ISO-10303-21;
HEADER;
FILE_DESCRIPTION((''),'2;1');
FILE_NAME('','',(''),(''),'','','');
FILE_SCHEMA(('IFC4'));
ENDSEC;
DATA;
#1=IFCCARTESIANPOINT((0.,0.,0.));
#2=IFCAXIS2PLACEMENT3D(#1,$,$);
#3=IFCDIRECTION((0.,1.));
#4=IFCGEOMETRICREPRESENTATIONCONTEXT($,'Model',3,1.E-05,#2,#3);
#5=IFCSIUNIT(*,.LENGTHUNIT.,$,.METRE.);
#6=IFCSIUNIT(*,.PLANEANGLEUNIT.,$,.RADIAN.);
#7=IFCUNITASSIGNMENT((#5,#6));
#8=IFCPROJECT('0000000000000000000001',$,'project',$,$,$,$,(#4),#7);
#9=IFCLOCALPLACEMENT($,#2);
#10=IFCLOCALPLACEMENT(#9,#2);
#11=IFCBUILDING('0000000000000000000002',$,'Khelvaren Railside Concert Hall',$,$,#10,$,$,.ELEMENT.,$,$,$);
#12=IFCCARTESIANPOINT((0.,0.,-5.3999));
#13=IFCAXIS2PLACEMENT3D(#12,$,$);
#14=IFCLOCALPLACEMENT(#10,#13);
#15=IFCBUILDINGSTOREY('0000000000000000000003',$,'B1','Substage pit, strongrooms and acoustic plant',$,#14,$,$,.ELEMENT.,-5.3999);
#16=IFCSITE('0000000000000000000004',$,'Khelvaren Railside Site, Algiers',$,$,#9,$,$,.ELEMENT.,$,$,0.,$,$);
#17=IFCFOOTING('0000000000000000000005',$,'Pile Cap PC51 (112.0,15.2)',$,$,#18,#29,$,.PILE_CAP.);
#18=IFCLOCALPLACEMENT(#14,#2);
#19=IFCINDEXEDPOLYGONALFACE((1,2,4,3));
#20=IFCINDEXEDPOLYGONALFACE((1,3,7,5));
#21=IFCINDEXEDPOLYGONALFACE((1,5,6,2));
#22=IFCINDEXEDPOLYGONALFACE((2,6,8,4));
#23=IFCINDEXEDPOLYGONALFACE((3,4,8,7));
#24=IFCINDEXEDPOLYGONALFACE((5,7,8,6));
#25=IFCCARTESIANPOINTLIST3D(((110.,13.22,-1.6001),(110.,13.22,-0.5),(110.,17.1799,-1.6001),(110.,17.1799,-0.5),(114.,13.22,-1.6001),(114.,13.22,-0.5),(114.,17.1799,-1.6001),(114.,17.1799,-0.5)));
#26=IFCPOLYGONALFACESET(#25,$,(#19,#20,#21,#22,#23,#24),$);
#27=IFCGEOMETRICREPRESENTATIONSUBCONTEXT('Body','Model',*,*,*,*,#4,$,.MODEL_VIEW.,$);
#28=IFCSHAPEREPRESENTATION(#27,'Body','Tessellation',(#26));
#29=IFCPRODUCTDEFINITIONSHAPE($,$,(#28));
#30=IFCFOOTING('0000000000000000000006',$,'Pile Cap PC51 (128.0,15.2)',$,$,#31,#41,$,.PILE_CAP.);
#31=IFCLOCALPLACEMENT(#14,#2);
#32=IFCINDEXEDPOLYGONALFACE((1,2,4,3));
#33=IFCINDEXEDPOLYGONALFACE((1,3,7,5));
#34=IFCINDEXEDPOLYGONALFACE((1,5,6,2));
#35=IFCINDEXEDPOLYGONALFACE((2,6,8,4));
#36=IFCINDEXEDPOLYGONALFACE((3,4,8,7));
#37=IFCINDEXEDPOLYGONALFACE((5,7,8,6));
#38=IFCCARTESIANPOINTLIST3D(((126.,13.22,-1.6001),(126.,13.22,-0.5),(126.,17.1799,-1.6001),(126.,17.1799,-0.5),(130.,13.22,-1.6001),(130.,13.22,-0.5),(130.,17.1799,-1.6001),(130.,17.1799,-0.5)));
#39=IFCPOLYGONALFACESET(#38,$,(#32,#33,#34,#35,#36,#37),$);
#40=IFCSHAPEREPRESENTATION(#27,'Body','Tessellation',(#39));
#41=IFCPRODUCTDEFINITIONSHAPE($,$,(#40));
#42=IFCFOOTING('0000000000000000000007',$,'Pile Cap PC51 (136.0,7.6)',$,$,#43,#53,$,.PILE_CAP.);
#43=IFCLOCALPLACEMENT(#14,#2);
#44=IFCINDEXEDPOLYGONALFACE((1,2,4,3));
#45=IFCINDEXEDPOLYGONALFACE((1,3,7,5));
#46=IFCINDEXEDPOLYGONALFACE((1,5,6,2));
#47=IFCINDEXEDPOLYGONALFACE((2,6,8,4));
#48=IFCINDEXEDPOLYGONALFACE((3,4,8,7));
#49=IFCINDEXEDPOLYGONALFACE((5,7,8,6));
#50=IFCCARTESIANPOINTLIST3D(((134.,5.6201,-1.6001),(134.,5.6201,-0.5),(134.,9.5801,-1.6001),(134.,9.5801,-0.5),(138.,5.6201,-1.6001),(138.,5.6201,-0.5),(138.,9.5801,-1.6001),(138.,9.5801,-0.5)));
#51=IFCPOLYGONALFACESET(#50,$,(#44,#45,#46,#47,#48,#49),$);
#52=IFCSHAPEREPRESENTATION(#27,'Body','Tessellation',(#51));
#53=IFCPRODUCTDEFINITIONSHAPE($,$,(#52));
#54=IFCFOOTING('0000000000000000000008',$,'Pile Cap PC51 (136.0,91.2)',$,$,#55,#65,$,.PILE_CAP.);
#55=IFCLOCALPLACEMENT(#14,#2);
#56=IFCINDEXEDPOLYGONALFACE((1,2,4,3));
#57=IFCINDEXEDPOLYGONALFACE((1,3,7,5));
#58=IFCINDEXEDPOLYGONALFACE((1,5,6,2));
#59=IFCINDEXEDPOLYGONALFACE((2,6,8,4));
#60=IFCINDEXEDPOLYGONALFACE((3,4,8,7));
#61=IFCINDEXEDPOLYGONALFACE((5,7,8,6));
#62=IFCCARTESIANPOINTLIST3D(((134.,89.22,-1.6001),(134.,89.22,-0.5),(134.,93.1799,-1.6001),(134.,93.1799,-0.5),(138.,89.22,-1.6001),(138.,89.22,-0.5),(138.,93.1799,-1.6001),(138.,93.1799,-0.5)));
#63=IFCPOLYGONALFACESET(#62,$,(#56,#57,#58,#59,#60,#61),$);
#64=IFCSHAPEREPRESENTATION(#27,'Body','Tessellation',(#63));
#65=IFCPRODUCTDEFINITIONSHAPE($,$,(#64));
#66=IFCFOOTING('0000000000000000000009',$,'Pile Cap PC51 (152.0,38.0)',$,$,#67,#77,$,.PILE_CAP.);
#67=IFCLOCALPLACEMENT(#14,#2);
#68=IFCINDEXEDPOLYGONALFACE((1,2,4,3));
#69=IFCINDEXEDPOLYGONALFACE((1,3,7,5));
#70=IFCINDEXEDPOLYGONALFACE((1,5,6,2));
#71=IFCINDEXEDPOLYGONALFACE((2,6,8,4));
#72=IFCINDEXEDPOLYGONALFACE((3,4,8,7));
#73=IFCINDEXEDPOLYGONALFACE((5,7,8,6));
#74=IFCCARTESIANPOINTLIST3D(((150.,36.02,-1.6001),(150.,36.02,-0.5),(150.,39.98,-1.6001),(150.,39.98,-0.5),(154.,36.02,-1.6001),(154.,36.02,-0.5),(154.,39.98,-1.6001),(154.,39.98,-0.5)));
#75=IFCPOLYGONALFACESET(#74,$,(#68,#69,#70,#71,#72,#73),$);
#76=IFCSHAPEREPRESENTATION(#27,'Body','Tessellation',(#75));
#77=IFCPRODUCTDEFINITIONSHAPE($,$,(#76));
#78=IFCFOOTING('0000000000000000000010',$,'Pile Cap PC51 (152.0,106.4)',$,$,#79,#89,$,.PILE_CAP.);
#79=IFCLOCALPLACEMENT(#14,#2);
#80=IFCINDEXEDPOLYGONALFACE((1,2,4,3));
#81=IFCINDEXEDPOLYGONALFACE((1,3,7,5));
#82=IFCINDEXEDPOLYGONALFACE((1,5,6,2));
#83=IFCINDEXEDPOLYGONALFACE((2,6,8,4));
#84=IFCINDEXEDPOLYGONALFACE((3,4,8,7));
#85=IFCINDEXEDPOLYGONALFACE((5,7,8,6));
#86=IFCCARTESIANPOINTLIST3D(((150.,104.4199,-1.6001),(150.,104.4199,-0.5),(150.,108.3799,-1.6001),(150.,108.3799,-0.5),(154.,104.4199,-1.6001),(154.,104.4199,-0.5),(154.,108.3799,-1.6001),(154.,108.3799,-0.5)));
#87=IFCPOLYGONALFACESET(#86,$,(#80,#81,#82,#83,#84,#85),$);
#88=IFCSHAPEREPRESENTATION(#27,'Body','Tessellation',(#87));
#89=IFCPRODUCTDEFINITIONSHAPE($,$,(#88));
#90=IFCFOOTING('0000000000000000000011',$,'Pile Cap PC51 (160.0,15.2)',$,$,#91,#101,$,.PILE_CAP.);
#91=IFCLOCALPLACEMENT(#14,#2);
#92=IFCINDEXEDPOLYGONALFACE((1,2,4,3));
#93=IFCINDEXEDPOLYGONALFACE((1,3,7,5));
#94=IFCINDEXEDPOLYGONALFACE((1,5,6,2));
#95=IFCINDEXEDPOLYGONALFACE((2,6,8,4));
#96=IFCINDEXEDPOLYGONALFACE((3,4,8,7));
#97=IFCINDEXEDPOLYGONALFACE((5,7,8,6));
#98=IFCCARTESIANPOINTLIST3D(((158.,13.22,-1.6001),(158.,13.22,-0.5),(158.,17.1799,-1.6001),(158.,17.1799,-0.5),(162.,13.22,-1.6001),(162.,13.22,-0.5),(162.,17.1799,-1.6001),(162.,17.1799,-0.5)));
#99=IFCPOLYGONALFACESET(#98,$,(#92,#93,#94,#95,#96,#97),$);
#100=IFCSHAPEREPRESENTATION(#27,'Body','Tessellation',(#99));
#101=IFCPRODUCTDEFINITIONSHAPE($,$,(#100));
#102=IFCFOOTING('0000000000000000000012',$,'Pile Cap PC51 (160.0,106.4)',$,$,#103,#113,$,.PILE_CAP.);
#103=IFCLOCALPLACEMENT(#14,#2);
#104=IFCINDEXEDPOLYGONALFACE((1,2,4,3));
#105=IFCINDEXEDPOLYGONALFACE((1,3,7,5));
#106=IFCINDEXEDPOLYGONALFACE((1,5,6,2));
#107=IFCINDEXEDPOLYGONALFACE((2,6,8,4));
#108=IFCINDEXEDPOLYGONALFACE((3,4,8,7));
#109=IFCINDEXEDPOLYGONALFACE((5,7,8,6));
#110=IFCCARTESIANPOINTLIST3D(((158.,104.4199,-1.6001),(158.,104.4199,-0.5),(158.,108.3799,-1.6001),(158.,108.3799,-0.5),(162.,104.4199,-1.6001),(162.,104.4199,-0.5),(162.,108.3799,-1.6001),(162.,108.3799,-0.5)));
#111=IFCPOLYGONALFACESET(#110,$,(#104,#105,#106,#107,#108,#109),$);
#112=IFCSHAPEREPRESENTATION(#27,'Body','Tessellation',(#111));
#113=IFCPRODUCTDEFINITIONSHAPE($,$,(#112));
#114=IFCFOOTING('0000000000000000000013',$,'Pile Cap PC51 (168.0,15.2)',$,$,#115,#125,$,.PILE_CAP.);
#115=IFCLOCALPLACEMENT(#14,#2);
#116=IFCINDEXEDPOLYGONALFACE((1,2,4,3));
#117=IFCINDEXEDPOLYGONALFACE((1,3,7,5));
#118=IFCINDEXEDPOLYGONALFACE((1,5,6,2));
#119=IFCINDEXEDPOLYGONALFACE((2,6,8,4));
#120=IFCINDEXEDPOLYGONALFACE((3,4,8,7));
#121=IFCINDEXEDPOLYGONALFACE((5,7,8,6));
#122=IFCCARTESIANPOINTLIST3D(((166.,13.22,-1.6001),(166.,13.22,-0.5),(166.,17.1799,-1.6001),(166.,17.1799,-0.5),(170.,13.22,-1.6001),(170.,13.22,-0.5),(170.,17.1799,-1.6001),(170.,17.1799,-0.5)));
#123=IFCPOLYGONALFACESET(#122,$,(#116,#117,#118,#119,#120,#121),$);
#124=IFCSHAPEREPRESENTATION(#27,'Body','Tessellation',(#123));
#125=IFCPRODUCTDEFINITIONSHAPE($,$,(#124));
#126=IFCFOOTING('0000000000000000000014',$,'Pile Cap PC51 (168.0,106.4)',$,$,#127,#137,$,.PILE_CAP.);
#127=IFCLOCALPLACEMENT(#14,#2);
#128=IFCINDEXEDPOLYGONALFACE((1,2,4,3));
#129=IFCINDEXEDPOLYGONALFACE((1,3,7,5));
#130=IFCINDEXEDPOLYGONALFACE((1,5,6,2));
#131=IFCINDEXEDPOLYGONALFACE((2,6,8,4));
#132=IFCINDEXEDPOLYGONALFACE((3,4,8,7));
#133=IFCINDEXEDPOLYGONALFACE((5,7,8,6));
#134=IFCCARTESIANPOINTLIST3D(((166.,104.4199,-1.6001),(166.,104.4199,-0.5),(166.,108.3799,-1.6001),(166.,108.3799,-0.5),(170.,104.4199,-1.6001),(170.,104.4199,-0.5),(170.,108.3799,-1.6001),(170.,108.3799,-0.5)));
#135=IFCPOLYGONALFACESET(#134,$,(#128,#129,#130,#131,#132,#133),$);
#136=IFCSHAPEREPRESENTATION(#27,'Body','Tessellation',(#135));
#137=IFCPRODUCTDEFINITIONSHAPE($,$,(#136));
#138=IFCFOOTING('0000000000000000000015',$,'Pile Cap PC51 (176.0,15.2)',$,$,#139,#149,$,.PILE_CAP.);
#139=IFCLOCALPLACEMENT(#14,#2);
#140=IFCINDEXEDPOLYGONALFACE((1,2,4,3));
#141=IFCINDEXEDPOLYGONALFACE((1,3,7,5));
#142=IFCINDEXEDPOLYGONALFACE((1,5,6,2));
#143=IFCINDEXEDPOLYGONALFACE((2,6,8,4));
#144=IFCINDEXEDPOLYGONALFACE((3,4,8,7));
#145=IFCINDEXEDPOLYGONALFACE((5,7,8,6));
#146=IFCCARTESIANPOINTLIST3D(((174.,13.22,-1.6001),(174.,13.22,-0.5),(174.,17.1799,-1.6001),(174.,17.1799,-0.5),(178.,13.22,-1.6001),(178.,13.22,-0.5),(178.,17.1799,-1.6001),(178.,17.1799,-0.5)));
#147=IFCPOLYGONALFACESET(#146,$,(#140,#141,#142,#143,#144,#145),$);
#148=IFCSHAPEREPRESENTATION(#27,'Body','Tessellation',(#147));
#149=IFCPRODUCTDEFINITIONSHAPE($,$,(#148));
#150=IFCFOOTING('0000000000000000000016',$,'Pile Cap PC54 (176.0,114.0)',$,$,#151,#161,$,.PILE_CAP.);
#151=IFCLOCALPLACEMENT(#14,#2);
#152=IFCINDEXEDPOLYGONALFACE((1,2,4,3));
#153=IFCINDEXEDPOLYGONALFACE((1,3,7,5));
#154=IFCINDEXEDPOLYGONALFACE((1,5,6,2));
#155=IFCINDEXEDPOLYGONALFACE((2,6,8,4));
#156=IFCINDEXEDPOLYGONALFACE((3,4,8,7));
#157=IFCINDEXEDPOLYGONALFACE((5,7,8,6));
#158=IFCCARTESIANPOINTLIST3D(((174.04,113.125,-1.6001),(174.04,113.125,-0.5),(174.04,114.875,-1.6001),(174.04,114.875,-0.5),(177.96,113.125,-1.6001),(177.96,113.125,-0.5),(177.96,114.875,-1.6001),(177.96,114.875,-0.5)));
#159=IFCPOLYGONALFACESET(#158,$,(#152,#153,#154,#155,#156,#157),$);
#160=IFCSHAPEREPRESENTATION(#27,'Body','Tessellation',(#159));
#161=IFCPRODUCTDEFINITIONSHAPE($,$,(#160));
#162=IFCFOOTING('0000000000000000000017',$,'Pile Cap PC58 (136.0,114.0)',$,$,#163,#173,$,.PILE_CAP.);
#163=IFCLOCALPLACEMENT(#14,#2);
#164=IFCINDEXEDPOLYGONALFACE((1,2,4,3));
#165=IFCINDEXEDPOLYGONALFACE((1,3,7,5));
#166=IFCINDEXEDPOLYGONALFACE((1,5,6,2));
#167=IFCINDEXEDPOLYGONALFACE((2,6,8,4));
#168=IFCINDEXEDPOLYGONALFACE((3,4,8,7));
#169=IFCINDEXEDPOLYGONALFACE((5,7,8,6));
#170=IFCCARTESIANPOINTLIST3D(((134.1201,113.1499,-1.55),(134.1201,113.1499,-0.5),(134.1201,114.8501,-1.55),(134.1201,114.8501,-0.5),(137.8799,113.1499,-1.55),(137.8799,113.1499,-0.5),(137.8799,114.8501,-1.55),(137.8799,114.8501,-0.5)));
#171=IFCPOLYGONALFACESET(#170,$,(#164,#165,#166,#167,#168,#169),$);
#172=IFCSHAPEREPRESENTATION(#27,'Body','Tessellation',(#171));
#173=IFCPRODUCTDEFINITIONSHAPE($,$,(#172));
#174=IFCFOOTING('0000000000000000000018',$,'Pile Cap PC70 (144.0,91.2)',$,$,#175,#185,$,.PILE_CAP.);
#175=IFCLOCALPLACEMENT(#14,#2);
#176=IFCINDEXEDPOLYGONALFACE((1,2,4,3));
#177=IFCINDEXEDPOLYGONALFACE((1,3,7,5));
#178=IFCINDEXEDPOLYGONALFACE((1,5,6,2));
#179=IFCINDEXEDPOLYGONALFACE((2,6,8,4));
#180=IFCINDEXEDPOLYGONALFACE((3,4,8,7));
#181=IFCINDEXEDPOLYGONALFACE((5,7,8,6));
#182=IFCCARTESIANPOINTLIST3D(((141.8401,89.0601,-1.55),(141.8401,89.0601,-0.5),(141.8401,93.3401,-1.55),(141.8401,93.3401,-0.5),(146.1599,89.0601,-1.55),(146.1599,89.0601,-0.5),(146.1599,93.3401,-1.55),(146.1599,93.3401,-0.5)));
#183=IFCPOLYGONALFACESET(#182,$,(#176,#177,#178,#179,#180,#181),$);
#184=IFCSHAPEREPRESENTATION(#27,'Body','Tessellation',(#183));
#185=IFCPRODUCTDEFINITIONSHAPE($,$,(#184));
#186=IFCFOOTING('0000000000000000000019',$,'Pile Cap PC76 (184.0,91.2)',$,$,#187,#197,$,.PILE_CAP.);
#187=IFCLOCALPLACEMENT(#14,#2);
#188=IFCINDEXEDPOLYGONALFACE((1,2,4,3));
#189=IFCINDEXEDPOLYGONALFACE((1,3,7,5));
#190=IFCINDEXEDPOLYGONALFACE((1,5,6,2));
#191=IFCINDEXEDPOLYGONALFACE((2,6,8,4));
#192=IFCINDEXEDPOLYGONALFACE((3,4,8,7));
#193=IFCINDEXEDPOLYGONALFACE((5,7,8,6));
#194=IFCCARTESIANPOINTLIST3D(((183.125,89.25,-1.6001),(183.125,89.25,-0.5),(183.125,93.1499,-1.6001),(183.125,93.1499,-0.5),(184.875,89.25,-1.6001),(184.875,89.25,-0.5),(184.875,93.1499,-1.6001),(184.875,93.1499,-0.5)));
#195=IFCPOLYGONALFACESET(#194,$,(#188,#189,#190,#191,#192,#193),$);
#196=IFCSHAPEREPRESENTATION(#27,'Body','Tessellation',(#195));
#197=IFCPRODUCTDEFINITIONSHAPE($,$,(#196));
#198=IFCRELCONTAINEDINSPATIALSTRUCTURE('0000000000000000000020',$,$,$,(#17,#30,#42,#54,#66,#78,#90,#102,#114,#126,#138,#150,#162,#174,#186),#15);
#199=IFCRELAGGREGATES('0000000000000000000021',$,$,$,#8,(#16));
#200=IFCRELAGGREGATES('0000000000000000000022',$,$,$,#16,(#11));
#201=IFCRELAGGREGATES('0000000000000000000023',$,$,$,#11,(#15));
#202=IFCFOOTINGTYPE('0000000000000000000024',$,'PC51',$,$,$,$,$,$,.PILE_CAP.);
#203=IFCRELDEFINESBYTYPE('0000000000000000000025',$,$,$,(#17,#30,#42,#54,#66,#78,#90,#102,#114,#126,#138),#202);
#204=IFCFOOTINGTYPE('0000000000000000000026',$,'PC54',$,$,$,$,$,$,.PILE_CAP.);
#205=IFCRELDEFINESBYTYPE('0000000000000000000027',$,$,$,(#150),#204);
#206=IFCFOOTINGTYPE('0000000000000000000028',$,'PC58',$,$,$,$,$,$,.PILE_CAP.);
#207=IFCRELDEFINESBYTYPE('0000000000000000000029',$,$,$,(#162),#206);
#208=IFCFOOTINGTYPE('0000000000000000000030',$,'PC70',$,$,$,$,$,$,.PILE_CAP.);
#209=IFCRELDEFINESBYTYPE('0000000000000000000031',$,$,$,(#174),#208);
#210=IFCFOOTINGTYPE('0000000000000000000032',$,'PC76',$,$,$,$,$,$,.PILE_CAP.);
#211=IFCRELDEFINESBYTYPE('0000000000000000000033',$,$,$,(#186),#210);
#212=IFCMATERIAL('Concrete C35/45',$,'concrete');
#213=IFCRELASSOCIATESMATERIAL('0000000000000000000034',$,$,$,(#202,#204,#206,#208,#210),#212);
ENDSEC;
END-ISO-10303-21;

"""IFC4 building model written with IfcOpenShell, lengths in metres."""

from ifc_helpers import new_model, si_unit, direction, frame, origin, place, context, subcontext, project, spatial, polyline, outline, extrude, material, type_object, element, save


model = new_model("IFC4")

# Units and contexts
model_context = context("Model", 3, precision=1e-05, world=origin(), true_north=direction((0.0, 1.0)))
body_context = subcontext(model_context, "Body", "Model", "MODEL_VIEW")
ifc_project = project(units=[si_unit("LENGTHUNIT", "METRE"), si_unit("PLANEANGLEUNIT", "RADIAN")], contexts=[model_context])

# Site, building, storey
site_placement = place(None, origin())
site = spatial("IfcSite", under=ifc_project, at=site_placement, Name="Khelvaren Railside Site, Algiers", CompositionType="ELEMENT", RefElevation=0.0)
building_placement = place(site_placement, origin())
building = spatial("IfcBuilding", under=site, at=building_placement, Name="Khelvaren Railside Concert Hall", CompositionType="ELEMENT")
storey_placement = place(building_placement, frame((0.0, 0.0, -5.3999)))
storey = spatial("IfcBuildingStorey", under=building, at=storey_placement, Name="B1", Description="Substage pit, strongrooms and acoustic plant", CompositionType="ELEMENT", Elevation=-5.3999)

# Footings
ifc_material = material(Name="Concrete C35/45", Category="concrete")
footing_type_1 = type_object("IfcFootingType", Name="PC51", PredefinedType="PILE_CAP", material=ifc_material)
footing_1_placement = place(storey_placement, frame((0.0, 0.0, -1.6001)))
element("IfcFooting", 1, at=footing_1_placement, inside=storey, type_object=footing_type_1, Name="Pile Cap PC51 (112.0,15.2)", PredefinedType="PILE_CAP", context=body_context, shape_type="SweptSolid", body=[
    extrude(outline(polyline([(110.0, 13.22), (114.0, 13.22), (114.0, 17.1799), (110.0, 17.1799), (110.0, 13.22)])), origin(), (0.0, 0.0, 1.0), 1.1001),
])
footing_2_placement = place(storey_placement, frame((0.0, 0.0, -1.6001)))
element("IfcFooting", 2, at=footing_2_placement, inside=storey, type_object=footing_type_1, Name="Pile Cap PC51 (128.0,15.2)", PredefinedType="PILE_CAP", context=body_context, shape_type="SweptSolid", body=[
    extrude(outline(polyline([(126.0, 13.22), (130.0, 13.22), (130.0, 17.1799), (126.0, 17.1799), (126.0, 13.22)])), origin(), (0.0, 0.0, 1.0), 1.1001),
])
footing_3_placement = place(storey_placement, frame((0.0, 0.0, -1.6001)))
element("IfcFooting", 3, at=footing_3_placement, inside=storey, type_object=footing_type_1, Name="Pile Cap PC51 (136.0,7.6)", PredefinedType="PILE_CAP", context=body_context, shape_type="SweptSolid", body=[
    extrude(outline(polyline([(134.0, 5.6201), (138.0, 5.6201), (138.0, 9.5801), (134.0, 9.5801), (134.0, 5.6201)])), origin(), (0.0, 0.0, 1.0), 1.1001),
])
footing_4_placement = place(storey_placement, frame((0.0, 0.0, -1.6001)))
element("IfcFooting", 4, at=footing_4_placement, inside=storey, type_object=footing_type_1, Name="Pile Cap PC51 (136.0,91.2)", PredefinedType="PILE_CAP", context=body_context, shape_type="SweptSolid", body=[
    extrude(outline(polyline([(134.0, 89.22), (138.0, 89.22), (138.0, 93.1799), (134.0, 93.1799), (134.0, 89.22)])), origin(), (0.0, 0.0, 1.0), 1.1001),
])
footing_5_placement = place(storey_placement, frame((0.0, 0.0, -1.6001)))
element("IfcFooting", 5, at=footing_5_placement, inside=storey, type_object=footing_type_1, Name="Pile Cap PC51 (152.0,38.0)", PredefinedType="PILE_CAP", context=body_context, shape_type="SweptSolid", body=[
    extrude(outline(polyline([(150.0, 36.02), (154.0, 36.02), (154.0, 39.98), (150.0, 39.98), (150.0, 36.02)])), origin(), (0.0, 0.0, 1.0), 1.1001),
])
footing_6_placement = place(storey_placement, frame((0.0, 0.0, -1.6001)))
element("IfcFooting", 6, at=footing_6_placement, inside=storey, type_object=footing_type_1, Name="Pile Cap PC51 (152.0,106.4)", PredefinedType="PILE_CAP", context=body_context, shape_type="SweptSolid", body=[
    extrude(outline(polyline([(150.0, 104.4199), (154.0, 104.4199), (154.0, 108.3799), (150.0, 108.3799), (150.0, 104.4199)])), origin(), (0.0, 0.0, 1.0), 1.1001),
])
footing_7_placement = place(storey_placement, frame((0.0, 0.0, -1.6001)))
element("IfcFooting", 7, at=footing_7_placement, inside=storey, type_object=footing_type_1, Name="Pile Cap PC51 (160.0,15.2)", PredefinedType="PILE_CAP", context=body_context, shape_type="SweptSolid", body=[
    extrude(outline(polyline([(158.0, 13.22), (162.0, 13.22), (162.0, 17.1799), (158.0, 17.1799), (158.0, 13.22)])), origin(), (0.0, 0.0, 1.0), 1.1001),
])
footing_8_placement = place(storey_placement, frame((0.0, 0.0, -1.6001)))
element("IfcFooting", 8, at=footing_8_placement, inside=storey, type_object=footing_type_1, Name="Pile Cap PC51 (160.0,106.4)", PredefinedType="PILE_CAP", context=body_context, shape_type="SweptSolid", body=[
    extrude(outline(polyline([(158.0, 104.4199), (162.0, 104.4199), (162.0, 108.3799), (158.0, 108.3799), (158.0, 104.4199)])), origin(), (0.0, 0.0, 1.0), 1.1001),
])
footing_9_placement = place(storey_placement, frame((0.0, 0.0, -1.6001)))
element("IfcFooting", 9, at=footing_9_placement, inside=storey, type_object=footing_type_1, Name="Pile Cap PC51 (168.0,15.2)", PredefinedType="PILE_CAP", context=body_context, shape_type="SweptSolid", body=[
    extrude(outline(polyline([(166.0, 13.22), (170.0, 13.22), (170.0, 17.1799), (166.0, 17.1799), (166.0, 13.22)])), origin(), (0.0, 0.0, 1.0), 1.1001),
])
footing_10_placement = place(storey_placement, frame((0.0, 0.0, -1.6001)))
element("IfcFooting", 10, at=footing_10_placement, inside=storey, type_object=footing_type_1, Name="Pile Cap PC51 (168.0,106.4)", PredefinedType="PILE_CAP", context=body_context, shape_type="SweptSolid", body=[
    extrude(outline(polyline([(166.0, 104.4199), (170.0, 104.4199), (170.0, 108.3799), (166.0, 108.3799), (166.0, 104.4199)])), origin(), (0.0, 0.0, 1.0), 1.1001),
])
footing_11_placement = place(storey_placement, frame((0.0, 0.0, -1.6001)))
element("IfcFooting", 11, at=footing_11_placement, inside=storey, type_object=footing_type_1, Name="Pile Cap PC51 (176.0,15.2)", PredefinedType="PILE_CAP", context=body_context, shape_type="SweptSolid", body=[
    extrude(outline(polyline([(174.0, 13.22), (178.0, 13.22), (178.0, 17.1799), (174.0, 17.1799), (174.0, 13.22)])), origin(), (0.0, 0.0, 1.0), 1.1001),
])
footing_type_2 = type_object("IfcFootingType", Name="PC54", PredefinedType="PILE_CAP", material=ifc_material)
footing_12_placement = place(storey_placement, frame((0.0, 0.0, -1.6001)))
element("IfcFooting", 12, at=footing_12_placement, inside=storey, type_object=footing_type_2, Name="Pile Cap PC54 (176.0,114.0)", PredefinedType="PILE_CAP", context=body_context, shape_type="SweptSolid", body=[
    extrude(outline(polyline([(174.04, 113.125), (177.96, 113.125), (177.96, 114.875), (174.04, 114.875), (174.04, 113.125)])), origin(), (0.0, 0.0, 1.0), 1.1001),
])
footing_type_3 = type_object("IfcFootingType", Name="PC58", PredefinedType="PILE_CAP", material=ifc_material)
footing_13_placement = place(storey_placement, frame((0.0, 0.0, -1.55)))
element("IfcFooting", 13, at=footing_13_placement, inside=storey, type_object=footing_type_3, Name="Pile Cap PC58 (136.0,114.0)", PredefinedType="PILE_CAP", context=body_context, shape_type="SweptSolid", body=[
    extrude(outline(polyline([(134.1201, 113.1499), (137.8799, 113.1499), (137.8799, 114.8501), (134.1201, 114.8501), (134.1201, 113.1499)])), origin(), (0.0, 0.0, 1.0), 1.05),
])
footing_type_4 = type_object("IfcFootingType", Name="PC70", PredefinedType="PILE_CAP", material=ifc_material)
footing_14_placement = place(storey_placement, frame((0.0, 0.0, -1.55)))
element("IfcFooting", 14, at=footing_14_placement, inside=storey, type_object=footing_type_4, Name="Pile Cap PC70 (144.0,91.2)", PredefinedType="PILE_CAP", context=body_context, shape_type="SweptSolid", body=[
    extrude(outline(polyline([(141.8401, 89.0601), (146.1599, 89.0601), (146.1599, 93.3401), (141.8401, 93.3401), (141.8401, 89.0601)])), origin(), (0.0, 0.0, 1.0), 1.05),
])
footing_type_5 = type_object("IfcFootingType", Name="PC76", PredefinedType="PILE_CAP", material=ifc_material)
footing_15_placement = place(storey_placement, frame((0.0, 0.0, -1.6001)))
element("IfcFooting", 15, at=footing_15_placement, inside=storey, type_object=footing_type_5, Name="Pile Cap PC76 (184.0,91.2)", PredefinedType="PILE_CAP", context=body_context, shape_type="SweptSolid", body=[
    extrude(outline(polyline([(183.125, 89.25), (184.875, 89.25), (184.875, 93.1499), (183.125, 93.1499), (183.125, 89.25)])), origin(), (0.0, 0.0, 1.0), 1.1001),
])

save(model, "model.ifc")
